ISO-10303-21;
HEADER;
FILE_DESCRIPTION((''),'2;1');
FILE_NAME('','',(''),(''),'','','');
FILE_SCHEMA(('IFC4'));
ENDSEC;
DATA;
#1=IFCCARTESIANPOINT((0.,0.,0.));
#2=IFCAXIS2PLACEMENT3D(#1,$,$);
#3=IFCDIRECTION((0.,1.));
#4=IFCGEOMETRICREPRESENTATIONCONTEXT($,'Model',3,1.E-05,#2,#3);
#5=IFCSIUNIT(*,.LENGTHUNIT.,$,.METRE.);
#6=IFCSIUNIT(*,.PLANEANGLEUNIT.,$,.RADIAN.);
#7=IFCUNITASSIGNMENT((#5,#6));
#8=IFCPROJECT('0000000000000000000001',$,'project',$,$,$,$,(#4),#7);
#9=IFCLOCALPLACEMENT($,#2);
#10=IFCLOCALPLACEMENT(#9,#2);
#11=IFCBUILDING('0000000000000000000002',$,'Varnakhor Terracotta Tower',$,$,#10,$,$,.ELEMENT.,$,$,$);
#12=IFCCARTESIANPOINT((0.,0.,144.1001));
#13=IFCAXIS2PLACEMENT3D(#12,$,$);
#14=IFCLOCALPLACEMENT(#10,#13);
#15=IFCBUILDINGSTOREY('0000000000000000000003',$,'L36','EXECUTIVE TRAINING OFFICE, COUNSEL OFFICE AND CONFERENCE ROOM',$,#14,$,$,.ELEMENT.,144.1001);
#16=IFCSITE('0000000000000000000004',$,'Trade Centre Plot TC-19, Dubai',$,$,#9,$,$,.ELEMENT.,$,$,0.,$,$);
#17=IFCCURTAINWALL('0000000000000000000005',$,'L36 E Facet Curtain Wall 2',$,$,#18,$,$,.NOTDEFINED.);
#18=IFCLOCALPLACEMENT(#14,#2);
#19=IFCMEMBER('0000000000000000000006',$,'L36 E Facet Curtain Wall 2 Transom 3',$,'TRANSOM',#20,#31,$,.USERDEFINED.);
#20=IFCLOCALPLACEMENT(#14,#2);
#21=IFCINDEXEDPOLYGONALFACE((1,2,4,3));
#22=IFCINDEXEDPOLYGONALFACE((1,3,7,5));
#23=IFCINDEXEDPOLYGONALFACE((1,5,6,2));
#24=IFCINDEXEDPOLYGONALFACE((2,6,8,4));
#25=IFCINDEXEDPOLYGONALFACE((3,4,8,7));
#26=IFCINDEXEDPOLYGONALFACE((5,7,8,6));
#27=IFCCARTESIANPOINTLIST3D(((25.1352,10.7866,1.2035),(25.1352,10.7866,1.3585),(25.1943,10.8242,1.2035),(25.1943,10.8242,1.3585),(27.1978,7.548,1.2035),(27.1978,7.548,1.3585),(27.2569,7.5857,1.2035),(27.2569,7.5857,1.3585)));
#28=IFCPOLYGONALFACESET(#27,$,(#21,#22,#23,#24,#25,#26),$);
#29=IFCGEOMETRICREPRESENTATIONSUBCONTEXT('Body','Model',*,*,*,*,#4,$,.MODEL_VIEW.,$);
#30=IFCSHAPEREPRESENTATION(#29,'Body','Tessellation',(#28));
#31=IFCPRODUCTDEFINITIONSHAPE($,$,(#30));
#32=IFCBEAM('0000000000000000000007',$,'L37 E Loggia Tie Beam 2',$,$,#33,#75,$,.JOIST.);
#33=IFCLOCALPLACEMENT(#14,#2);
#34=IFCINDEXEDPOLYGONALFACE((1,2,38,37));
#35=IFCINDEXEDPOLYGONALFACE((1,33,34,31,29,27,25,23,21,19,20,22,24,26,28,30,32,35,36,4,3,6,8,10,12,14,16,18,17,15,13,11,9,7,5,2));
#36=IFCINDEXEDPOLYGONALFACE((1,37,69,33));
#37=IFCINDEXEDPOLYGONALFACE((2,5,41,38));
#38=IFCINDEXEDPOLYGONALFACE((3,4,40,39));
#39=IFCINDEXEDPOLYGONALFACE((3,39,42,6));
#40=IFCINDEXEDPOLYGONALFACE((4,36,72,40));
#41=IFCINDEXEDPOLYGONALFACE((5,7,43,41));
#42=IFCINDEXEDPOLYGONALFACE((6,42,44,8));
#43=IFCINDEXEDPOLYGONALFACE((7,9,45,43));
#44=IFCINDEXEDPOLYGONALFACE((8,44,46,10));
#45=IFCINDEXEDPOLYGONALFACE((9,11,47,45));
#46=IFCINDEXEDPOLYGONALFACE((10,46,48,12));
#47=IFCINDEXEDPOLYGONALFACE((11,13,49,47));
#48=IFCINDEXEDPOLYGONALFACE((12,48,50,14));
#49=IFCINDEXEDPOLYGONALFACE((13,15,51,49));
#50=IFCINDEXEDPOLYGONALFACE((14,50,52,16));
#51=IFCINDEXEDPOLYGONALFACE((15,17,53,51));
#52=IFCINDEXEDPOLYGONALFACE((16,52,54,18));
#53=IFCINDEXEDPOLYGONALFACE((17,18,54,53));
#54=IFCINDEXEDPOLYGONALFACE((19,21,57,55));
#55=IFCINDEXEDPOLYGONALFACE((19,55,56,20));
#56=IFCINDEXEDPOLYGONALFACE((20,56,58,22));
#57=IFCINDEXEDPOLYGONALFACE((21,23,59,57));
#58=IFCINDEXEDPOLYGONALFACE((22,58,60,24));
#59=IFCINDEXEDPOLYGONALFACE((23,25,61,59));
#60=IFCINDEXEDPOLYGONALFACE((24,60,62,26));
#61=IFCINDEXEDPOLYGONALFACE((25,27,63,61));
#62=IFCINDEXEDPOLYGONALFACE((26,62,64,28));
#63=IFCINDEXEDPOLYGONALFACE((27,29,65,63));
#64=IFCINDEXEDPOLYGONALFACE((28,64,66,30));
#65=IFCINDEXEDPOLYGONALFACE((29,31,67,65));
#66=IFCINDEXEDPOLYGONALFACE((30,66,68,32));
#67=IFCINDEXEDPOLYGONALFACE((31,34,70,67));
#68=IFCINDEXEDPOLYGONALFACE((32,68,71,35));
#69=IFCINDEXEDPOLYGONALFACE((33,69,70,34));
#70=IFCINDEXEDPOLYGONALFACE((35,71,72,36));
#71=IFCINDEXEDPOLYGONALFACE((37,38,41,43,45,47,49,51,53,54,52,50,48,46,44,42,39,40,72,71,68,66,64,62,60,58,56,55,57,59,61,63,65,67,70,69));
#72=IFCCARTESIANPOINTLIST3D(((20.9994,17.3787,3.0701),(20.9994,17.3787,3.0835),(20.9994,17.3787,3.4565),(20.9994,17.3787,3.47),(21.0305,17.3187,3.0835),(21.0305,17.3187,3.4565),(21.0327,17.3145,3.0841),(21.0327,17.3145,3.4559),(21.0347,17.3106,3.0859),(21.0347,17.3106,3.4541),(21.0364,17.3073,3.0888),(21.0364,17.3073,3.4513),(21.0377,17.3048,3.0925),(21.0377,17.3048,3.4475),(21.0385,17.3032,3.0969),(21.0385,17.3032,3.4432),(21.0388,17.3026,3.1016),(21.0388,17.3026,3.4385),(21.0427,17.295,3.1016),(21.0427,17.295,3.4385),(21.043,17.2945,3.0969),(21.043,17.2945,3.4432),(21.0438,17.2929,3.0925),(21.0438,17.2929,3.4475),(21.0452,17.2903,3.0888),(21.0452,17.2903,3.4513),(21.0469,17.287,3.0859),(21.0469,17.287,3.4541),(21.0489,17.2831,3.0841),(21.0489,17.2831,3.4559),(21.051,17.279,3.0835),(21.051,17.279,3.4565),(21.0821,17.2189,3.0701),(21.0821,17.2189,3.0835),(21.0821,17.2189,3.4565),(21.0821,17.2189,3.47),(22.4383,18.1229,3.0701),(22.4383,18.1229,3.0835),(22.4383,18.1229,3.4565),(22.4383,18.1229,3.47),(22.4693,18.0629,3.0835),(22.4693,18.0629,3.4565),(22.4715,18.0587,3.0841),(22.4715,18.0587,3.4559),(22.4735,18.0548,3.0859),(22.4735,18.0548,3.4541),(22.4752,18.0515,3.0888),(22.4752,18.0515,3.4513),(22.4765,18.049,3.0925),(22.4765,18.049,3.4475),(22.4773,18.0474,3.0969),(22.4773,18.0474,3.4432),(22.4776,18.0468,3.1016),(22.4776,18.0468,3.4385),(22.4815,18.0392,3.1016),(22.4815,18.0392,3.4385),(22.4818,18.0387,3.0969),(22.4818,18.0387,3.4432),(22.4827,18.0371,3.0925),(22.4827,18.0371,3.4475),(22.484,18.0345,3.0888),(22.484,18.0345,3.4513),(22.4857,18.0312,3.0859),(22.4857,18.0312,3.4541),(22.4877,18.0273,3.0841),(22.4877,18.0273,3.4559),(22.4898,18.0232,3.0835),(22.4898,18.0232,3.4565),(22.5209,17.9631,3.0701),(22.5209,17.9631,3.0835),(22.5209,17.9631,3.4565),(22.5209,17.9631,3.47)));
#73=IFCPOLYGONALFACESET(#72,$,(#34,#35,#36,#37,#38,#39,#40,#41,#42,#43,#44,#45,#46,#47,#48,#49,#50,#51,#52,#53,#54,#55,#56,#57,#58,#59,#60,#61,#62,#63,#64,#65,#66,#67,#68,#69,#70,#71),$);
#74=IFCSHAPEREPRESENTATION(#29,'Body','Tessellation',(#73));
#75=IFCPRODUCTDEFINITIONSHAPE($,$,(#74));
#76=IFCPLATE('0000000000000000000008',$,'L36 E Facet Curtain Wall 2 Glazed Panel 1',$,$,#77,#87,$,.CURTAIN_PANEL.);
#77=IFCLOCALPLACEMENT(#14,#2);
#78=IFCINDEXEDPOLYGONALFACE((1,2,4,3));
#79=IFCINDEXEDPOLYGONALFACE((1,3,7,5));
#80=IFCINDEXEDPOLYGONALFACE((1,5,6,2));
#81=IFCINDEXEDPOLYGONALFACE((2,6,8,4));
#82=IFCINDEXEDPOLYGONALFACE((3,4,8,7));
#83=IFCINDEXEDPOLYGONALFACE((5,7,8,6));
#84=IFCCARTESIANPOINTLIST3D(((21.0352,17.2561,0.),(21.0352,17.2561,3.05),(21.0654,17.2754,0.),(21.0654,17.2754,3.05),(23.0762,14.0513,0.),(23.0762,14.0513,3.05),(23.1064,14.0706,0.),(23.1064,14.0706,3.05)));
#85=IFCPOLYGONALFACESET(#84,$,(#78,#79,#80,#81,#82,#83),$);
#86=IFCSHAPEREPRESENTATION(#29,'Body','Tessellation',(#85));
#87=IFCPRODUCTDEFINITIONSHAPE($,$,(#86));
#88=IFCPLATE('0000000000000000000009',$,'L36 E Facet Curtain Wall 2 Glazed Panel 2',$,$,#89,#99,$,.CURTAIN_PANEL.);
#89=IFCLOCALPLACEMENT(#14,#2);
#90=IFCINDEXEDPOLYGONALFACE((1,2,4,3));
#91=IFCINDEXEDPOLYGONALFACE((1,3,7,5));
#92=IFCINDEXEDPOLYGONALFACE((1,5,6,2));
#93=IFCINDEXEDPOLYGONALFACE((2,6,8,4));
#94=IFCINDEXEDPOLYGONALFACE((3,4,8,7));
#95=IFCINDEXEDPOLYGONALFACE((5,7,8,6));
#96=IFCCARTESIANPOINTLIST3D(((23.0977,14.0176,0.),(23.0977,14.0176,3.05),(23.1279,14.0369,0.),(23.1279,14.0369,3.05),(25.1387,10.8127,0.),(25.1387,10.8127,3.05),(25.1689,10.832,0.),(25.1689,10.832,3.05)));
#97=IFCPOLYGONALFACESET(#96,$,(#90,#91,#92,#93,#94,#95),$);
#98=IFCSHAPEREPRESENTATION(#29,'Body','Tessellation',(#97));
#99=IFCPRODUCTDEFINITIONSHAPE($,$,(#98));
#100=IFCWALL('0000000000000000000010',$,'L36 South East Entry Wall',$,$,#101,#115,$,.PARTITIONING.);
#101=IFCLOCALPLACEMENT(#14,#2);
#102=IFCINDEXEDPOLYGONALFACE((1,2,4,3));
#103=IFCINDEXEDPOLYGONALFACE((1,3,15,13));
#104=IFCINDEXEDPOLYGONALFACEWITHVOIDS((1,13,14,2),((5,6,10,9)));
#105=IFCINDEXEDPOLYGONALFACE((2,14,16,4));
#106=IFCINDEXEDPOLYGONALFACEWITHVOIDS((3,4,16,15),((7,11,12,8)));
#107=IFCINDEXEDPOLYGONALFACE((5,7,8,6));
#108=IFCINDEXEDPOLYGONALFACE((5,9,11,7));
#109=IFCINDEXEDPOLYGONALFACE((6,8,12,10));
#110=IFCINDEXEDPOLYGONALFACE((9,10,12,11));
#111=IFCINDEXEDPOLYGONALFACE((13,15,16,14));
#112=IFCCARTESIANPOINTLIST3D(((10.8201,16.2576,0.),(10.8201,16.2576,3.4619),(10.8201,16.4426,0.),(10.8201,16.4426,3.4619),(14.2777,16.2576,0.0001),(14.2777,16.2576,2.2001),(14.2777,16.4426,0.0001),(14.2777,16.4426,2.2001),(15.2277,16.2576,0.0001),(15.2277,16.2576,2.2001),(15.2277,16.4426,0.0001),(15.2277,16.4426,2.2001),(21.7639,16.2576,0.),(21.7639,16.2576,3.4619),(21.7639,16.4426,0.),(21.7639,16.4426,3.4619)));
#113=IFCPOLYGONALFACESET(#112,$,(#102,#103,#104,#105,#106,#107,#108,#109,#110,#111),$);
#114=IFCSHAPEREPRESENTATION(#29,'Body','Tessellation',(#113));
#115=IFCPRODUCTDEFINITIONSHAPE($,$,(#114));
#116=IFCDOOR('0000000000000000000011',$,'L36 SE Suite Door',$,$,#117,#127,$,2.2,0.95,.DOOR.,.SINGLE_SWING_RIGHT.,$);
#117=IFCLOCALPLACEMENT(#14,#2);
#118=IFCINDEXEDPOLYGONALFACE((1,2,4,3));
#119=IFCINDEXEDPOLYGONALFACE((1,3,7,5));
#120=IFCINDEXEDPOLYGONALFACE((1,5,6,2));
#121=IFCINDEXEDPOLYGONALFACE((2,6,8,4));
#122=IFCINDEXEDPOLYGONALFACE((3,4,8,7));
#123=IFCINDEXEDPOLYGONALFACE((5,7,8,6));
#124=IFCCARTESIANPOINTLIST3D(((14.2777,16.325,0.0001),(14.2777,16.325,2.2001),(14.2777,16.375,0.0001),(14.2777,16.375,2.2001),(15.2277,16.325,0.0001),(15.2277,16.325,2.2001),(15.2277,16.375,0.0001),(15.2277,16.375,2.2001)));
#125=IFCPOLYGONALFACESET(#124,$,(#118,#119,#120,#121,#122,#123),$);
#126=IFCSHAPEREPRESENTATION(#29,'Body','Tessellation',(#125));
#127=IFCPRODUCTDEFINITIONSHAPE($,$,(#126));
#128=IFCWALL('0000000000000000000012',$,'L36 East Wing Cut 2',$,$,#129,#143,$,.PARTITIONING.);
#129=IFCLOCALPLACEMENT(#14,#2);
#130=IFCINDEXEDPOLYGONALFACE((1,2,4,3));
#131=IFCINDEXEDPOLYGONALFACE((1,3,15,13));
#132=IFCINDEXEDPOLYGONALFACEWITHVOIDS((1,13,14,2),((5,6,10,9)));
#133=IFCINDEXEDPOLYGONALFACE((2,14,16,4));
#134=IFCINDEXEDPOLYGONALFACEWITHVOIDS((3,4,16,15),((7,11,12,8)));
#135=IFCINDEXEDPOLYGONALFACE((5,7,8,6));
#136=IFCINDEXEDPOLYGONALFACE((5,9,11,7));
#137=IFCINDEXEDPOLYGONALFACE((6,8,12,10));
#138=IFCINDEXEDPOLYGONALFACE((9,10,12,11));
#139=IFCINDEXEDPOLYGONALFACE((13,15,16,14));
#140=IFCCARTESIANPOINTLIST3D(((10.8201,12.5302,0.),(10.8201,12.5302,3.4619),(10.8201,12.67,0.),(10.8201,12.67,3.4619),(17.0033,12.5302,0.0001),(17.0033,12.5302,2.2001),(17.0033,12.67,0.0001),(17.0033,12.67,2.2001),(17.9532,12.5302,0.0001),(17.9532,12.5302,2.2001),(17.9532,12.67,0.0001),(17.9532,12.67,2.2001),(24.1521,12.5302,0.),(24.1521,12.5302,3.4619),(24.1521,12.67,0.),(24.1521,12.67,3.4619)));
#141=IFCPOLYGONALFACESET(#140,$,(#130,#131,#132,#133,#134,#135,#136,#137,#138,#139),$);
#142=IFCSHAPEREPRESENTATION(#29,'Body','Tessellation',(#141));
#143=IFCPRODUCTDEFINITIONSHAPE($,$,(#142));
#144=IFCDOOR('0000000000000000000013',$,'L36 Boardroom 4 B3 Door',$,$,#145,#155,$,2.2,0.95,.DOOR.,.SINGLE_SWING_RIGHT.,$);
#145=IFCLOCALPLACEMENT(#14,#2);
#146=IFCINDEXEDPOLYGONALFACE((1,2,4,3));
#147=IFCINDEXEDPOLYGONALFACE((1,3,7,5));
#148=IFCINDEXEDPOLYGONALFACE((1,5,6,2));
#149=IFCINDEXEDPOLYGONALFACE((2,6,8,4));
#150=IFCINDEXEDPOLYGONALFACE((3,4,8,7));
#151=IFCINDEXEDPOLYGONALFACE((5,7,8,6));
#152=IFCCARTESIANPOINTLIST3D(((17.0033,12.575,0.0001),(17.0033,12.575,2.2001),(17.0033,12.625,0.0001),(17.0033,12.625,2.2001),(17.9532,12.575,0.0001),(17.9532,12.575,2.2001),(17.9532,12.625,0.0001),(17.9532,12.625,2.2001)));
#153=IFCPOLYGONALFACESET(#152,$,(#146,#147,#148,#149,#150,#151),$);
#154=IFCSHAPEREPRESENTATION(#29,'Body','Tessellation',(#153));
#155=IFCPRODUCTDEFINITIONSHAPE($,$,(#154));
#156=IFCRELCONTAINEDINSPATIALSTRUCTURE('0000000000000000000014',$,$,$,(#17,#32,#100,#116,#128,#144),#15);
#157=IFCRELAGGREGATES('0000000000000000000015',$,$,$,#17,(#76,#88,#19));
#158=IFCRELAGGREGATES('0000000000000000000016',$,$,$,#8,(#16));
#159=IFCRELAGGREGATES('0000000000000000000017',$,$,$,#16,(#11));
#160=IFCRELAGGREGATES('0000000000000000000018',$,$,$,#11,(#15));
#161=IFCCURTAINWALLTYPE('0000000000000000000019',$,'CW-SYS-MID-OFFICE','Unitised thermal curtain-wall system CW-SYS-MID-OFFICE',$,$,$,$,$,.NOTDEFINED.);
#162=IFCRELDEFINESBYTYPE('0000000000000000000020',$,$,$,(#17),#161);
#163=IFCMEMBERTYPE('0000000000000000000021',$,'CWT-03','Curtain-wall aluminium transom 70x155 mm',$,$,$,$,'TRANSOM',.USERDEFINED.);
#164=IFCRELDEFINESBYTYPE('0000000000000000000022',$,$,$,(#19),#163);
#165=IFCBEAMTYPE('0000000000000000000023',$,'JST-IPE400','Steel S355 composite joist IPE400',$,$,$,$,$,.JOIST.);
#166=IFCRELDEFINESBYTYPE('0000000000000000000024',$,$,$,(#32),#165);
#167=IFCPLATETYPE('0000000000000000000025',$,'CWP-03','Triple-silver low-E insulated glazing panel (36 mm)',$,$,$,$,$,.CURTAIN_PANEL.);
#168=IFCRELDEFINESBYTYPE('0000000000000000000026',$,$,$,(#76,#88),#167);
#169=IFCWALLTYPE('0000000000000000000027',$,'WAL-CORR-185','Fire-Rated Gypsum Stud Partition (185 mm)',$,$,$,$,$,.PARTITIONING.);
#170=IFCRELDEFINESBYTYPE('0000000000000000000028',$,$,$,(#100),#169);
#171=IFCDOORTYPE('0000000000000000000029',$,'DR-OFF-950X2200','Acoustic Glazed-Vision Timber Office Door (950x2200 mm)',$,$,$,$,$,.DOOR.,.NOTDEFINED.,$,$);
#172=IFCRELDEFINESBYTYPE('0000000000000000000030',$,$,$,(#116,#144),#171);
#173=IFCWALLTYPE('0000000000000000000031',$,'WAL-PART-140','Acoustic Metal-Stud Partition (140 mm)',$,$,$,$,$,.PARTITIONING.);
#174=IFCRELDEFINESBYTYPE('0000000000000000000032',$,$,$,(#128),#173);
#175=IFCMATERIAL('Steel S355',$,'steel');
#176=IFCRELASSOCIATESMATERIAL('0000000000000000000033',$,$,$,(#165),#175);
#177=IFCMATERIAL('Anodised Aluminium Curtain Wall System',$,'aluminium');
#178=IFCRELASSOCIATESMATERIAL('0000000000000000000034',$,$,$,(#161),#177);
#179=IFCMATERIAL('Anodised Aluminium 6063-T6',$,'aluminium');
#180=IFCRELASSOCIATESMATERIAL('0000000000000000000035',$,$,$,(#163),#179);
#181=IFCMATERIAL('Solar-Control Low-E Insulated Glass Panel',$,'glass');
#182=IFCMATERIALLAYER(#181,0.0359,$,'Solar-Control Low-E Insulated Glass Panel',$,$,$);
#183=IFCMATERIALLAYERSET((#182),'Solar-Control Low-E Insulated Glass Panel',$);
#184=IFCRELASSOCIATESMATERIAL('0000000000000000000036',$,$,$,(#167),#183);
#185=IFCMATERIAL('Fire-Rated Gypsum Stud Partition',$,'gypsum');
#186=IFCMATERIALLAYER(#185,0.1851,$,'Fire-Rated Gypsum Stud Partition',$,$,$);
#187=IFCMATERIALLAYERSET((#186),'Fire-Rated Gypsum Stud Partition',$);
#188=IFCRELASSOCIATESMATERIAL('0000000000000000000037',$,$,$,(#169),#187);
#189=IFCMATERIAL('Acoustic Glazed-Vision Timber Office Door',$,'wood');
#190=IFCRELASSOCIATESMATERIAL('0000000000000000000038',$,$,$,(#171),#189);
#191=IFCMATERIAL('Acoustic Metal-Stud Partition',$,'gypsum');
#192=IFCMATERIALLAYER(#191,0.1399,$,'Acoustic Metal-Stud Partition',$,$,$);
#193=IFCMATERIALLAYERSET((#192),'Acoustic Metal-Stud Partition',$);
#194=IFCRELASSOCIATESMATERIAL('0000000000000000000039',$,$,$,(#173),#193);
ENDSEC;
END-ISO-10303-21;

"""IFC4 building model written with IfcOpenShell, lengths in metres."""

from ifc_helpers import new_model, si_unit, direction, frame, frame_2d, origin, origin_2d, place, context, subcontext, project, spatial, rectangle, i_section, extrude, source, transform, mapped, material, layer, layer_set, material_profile, profile_set, type_object, type_shapes, element, fill, aggregate, save


model = new_model("IFC4")

# Units and contexts
model_context = context("Model", 3, precision=1e-05, world=origin(), true_north=direction((0.0, 1.0)))
body_context = subcontext(model_context, "Body", "Model", "MODEL_VIEW")
ifc_project = project(units=[si_unit("LENGTHUNIT", "METRE"), si_unit("PLANEANGLEUNIT", "RADIAN")], contexts=[model_context])

# Site, building, storey
site_placement = place(None, origin())
site = spatial("IfcSite", under=ifc_project, at=site_placement, Name="Trade Centre Plot TC-19, Dubai", CompositionType="ELEMENT", RefElevation=0.0)
building_placement = place(site_placement, origin())
building = spatial("IfcBuilding", under=site, at=building_placement, Name="Varnakhor Terracotta Tower", CompositionType="ELEMENT")
storey_placement = place(building_placement, frame((0.0, 0.0, 144.1001)))
storey = spatial("IfcBuildingStorey", under=building, at=storey_placement, Name="L36", Description="EXECUTIVE TRAINING OFFICE, COUNSEL OFFICE AND CONFERENCE ROOM", CompositionType="ELEMENT", Elevation=144.1001)

# Shared definitions
ifc_material_1 = material(Name="Steel S355", Category="steel")
ifc_material_profile_1 = material_profile(ifc_material_1, i_section(OverallWidth=0.1799, OverallDepth=0.3999, WebThickness=0.0085, FlangeThickness=0.0134, FilletRadius=0.0181, at=origin_2d()), Name="IPE400")
ifc_profile_set_1 = profile_set([ifc_material_profile_1], Name="Steel S355")
beam_type_1 = type_object("IfcBeamType", Name="JST-IPE400", Description="Steel S355 composite joist IPE400", PredefinedType="JOIST", material=ifc_profile_set_1)

# Curtain wall, member
ifc_material_2 = material(Name="Anodised Aluminium Curtain Wall System", Category="aluminium")
curtain_wall_type = type_object("IfcCurtainWallType", Name="CW-SYS-MID-OFFICE", Description="Unitised thermal curtain-wall system CW-SYS-MID-OFFICE", PredefinedType="NOTDEFINED", material=ifc_material_2)
curtain_wall_placement = place(storey_placement, origin())
curtain_wall = element("IfcCurtainWall", 1, at=curtain_wall_placement, inside=storey, type_object=curtain_wall_type, Name="L36 E Facet Curtain Wall 2", PredefinedType="NOTDEFINED")
ifc_material_3 = material(Name="Anodised Aluminium 6063-T6", Category="aluminium")
ifc_material_profile_2 = material_profile(ifc_material_3, rectangle(XDim=0.0701, YDim=0.155, at=origin_2d()), Name="ALU TRANSOM 70x155")
ifc_profile_set_2 = profile_set([ifc_material_profile_2], Name="Anodised Aluminium 6063-T6")
member_type_1 = type_object("IfcMemberType", Name="CWT-03", Description="Curtain-wall aluminium transom 70x155 mm", ElementType="TRANSOM", PredefinedType="USERDEFINED", material=ifc_profile_set_2)
shared_shape_1 = source(origin(), body_context, "Body", "SweptSolid", [
    extrude(rectangle(XDim=0.0701, YDim=0.155, at=origin_2d()), origin(), (0.0, 0.0, 1.0), 3.8396),
])
member_1_placement = place(storey_placement, frame((25.1648, 10.8054, 1.281), z_axis=(0.537176, -0.84347, 0.0), x_axis=(0.84347, 0.537176, 0.0)))
member_1 = element("IfcMember", 2, at=member_1_placement, type_object=member_type_1, Name="L36 E Facet Curtain Wall 2 Transom 3", ObjectType="TRANSOM", PredefinedType="USERDEFINED", context=body_context, shape_type="MappedRepresentation", body=[
    mapped(shared_shape_1, transform((0.0, 0.0, 0.0), scale=1.0)),
])

# Beam
shared_shape_2 = source(origin(), body_context, "Body", "SweptSolid", [
    extrude(i_section(OverallWidth=0.1799, OverallDepth=0.3999, WebThickness=0.0085, FlangeThickness=0.0134, FilletRadius=0.0181, at=origin_2d()), origin(), (0.0, 0.0, 1.0), 1.6199),
])
beam_1_placement = place(storey_placement, frame((21.0408, 17.2988, 3.27), z_axis=(0.888224, 0.459411, 0.0), x_axis=(-0.459411, 0.888224, 0.0)))
element("IfcBeam", 3, at=beam_1_placement, inside=storey, type_object=beam_type_1, Name="L37 E Loggia Tie Beam 2", PredefinedType="JOIST", context=body_context, shape_type="MappedRepresentation", body=[
    mapped(shared_shape_2, transform((0.0, 0.0, 0.0), scale=1.0)),
])

# Plates
ifc_material_4 = material(Name="Solar-Control Low-E Insulated Glass Panel", Category="glass")
ifc_layer_1 = layer(ifc_material_4, 0.0359, Name="Solar-Control Low-E Insulated Glass Panel")
ifc_layer_set_1 = layer_set([ifc_layer_1], Name="Solar-Control Low-E Insulated Glass Panel")
plate_type = type_object("IfcPlateType", Name="CWP-03", Description="Triple-silver low-E insulated glazing panel (36 mm)", PredefinedType="CURTAIN_PANEL", material=ifc_layer_set_1)
shared_shape_3 = source(origin(), body_context, "Body", "SweptSolid", [
    extrude(rectangle(XDim=3.7996, YDim=0.0359, at=origin_2d()), origin(), (0.0, 0.0, 1.0), 3.05),
])
plate_1_placement = place(storey_placement, frame((22.0708, 15.6633, 0.0), z_axis=(0.0, 0.0, 1.0), x_axis=(0.537167, -0.843476, 0.0)))
plate_1 = element("IfcPlate", 4, at=plate_1_placement, type_object=plate_type, Name="L36 E Facet Curtain Wall 2 Glazed Panel 1", PredefinedType="CURTAIN_PANEL", context=body_context, shape_type="MappedRepresentation", body=[
    mapped(shared_shape_3, transform((0.0, 0.0, 0.0), scale=1.0)),
])
plate_2_placement = place(storey_placement, frame((24.1333, 12.4248, 0.0), z_axis=(0.0, 0.0, 1.0), x_axis=(0.537167, -0.843476, 0.0)))
plate_2 = element("IfcPlate", 5, at=plate_2_placement, type_object=plate_type, Name="L36 E Facet Curtain Wall 2 Glazed Panel 2", PredefinedType="CURTAIN_PANEL", context=body_context, shape_type="MappedRepresentation", body=[
    mapped(shared_shape_3, transform((0.0, 0.0, 0.0), scale=1.0)),
])
aggregate(curtain_wall, [plate_1, plate_2, member_1])

# Walls, openings, doors
ifc_material_5 = material(Name="Fire-Rated Gypsum Stud Partition", Category="gypsum")
ifc_layer_2 = layer(ifc_material_5, 0.1851, Name="Fire-Rated Gypsum Stud Partition")
ifc_layer_set_2 = layer_set([ifc_layer_2], Name="Fire-Rated Gypsum Stud Partition")
wall_type_1 = type_object("IfcWallType", Name="WAL-CORR-185", Description="Fire-Rated Gypsum Stud Partition (185 mm)", PredefinedType="PARTITIONING", material=ifc_layer_set_2)
wall_1_placement = place(storey_placement, frame((10.8201, 16.3501, 0.0), z_axis=(0.0, 0.0, 1.0), x_axis=(1.0, 0.0, 0.0)))
wall_1 = element("IfcWall", 6, at=wall_1_placement, inside=storey, type_object=wall_type_1, Name="L36 South East Entry Wall", PredefinedType="PARTITIONING", context=body_context, shape_type="SweptSolid", body=[
    extrude(rectangle(XDim=10.9438, YDim=0.1851, at=frame_2d((5.4719, 0.0))), origin(), (0.0, 0.0, 1.0), 3.4619),
])
opening_1_placement = place(wall_1_placement, frame((3.4575, 0.0, 0.0)))
opening_1 = element("IfcOpeningElement", 7, at=opening_1_placement, cuts=wall_1, PredefinedType="OPENING", context=body_context, shape_type="SweptSolid", body=[
    extrude(rectangle(XDim=0.95, YDim=2.2, at=frame_2d((0.4751, 1.1001))), frame((0.0, 0.1025, 0.0), z_axis=(0.0, -1.0, 0.0), x_axis=(1.0, 0.0, 0.0)), (0.0, 0.0, 1.0), 0.2051),
])
ifc_material_6 = material(Name="Acoustic Glazed-Vision Timber Office Door", Category="wood")
door_type = type_object("IfcDoorType", Name="DR-OFF-950X2200", Description="Acoustic Glazed-Vision Timber Office Door (950x2200 mm)", OperationType="NOTDEFINED", PredefinedType="DOOR", material=ifc_material_6)
shared_shape_4 = source(origin(), body_context, "Body", "SweptSolid", [
    extrude(rectangle(XDim=0.95, YDim=2.2, at=frame_2d((0.4751, 1.1001))), frame((0.0, 0.0249, 0.0), z_axis=(0.0, -1.0, 0.0), x_axis=(1.0, 0.0, 0.0)), (0.0, 0.0, 1.0), 0.05),
])
type_shapes(door_type, [shared_shape_4])
door_1_placement = place(opening_1_placement, origin())
door_1 = element("IfcDoor", 8, at=door_1_placement, inside=storey, type_object=door_type, Name="L36 SE Suite Door", OperationType="SINGLE_SWING_RIGHT", OverallHeight=2.2, OverallWidth=0.95, PredefinedType="DOOR", context=body_context, shape_type="MappedRepresentation", body=[
    mapped(shared_shape_4, transform((0.0, 0.0, 0.0), scale=1.0)),
])
fill(opening_1, door_1)
ifc_material_7 = material(Name="Acoustic Metal-Stud Partition", Category="gypsum")
ifc_layer_3 = layer(ifc_material_7, 0.1399, Name="Acoustic Metal-Stud Partition")
ifc_layer_set_3 = layer_set([ifc_layer_3], Name="Acoustic Metal-Stud Partition")
wall_type_2 = type_object("IfcWallType", Name="WAL-PART-140", Description="Acoustic Metal-Stud Partition (140 mm)", PredefinedType="PARTITIONING", material=ifc_layer_set_3)
wall_2_placement = place(storey_placement, frame((10.8201, 12.6001, 0.0), z_axis=(0.0, 0.0, 1.0), x_axis=(1.0, 0.0, 0.0)))
wall_2 = element("IfcWall", 9, at=wall_2_placement, inside=storey, type_object=wall_type_2, Name="L36 East Wing Cut 2", PredefinedType="PARTITIONING", context=body_context, shape_type="SweptSolid", body=[
    extrude(rectangle(XDim=13.332, YDim=0.1399, at=frame_2d((6.666, 0.0))), origin(), (0.0, 0.0, 1.0), 3.4619),
])
opening_2_placement = place(wall_2_placement, frame((6.1831, 0.0, 0.0)))
opening_2 = element("IfcOpeningElement", 10, at=opening_2_placement, cuts=wall_2, PredefinedType="OPENING", context=body_context, shape_type="SweptSolid", body=[
    extrude(rectangle(XDim=0.95, YDim=2.2, at=frame_2d((0.4751, 1.1001))), frame((0.0, 0.0801, 0.0), z_axis=(0.0, -1.0, 0.0), x_axis=(1.0, 0.0, 0.0)), (0.0, 0.0, 1.0), 0.1599),
])
door_2_placement = place(opening_2_placement, origin())
door_2 = element("IfcDoor", 11, at=door_2_placement, inside=storey, type_object=door_type, Name="L36 Boardroom 4 B3 Door", OperationType="SINGLE_SWING_RIGHT", OverallHeight=2.2, OverallWidth=0.95, PredefinedType="DOOR", context=body_context, shape_type="MappedRepresentation", body=[
    mapped(shared_shape_4, transform((0.0, 0.0, 0.0), scale=1.0)),
])
fill(opening_2, door_2)

save(model, "model.ifc")
